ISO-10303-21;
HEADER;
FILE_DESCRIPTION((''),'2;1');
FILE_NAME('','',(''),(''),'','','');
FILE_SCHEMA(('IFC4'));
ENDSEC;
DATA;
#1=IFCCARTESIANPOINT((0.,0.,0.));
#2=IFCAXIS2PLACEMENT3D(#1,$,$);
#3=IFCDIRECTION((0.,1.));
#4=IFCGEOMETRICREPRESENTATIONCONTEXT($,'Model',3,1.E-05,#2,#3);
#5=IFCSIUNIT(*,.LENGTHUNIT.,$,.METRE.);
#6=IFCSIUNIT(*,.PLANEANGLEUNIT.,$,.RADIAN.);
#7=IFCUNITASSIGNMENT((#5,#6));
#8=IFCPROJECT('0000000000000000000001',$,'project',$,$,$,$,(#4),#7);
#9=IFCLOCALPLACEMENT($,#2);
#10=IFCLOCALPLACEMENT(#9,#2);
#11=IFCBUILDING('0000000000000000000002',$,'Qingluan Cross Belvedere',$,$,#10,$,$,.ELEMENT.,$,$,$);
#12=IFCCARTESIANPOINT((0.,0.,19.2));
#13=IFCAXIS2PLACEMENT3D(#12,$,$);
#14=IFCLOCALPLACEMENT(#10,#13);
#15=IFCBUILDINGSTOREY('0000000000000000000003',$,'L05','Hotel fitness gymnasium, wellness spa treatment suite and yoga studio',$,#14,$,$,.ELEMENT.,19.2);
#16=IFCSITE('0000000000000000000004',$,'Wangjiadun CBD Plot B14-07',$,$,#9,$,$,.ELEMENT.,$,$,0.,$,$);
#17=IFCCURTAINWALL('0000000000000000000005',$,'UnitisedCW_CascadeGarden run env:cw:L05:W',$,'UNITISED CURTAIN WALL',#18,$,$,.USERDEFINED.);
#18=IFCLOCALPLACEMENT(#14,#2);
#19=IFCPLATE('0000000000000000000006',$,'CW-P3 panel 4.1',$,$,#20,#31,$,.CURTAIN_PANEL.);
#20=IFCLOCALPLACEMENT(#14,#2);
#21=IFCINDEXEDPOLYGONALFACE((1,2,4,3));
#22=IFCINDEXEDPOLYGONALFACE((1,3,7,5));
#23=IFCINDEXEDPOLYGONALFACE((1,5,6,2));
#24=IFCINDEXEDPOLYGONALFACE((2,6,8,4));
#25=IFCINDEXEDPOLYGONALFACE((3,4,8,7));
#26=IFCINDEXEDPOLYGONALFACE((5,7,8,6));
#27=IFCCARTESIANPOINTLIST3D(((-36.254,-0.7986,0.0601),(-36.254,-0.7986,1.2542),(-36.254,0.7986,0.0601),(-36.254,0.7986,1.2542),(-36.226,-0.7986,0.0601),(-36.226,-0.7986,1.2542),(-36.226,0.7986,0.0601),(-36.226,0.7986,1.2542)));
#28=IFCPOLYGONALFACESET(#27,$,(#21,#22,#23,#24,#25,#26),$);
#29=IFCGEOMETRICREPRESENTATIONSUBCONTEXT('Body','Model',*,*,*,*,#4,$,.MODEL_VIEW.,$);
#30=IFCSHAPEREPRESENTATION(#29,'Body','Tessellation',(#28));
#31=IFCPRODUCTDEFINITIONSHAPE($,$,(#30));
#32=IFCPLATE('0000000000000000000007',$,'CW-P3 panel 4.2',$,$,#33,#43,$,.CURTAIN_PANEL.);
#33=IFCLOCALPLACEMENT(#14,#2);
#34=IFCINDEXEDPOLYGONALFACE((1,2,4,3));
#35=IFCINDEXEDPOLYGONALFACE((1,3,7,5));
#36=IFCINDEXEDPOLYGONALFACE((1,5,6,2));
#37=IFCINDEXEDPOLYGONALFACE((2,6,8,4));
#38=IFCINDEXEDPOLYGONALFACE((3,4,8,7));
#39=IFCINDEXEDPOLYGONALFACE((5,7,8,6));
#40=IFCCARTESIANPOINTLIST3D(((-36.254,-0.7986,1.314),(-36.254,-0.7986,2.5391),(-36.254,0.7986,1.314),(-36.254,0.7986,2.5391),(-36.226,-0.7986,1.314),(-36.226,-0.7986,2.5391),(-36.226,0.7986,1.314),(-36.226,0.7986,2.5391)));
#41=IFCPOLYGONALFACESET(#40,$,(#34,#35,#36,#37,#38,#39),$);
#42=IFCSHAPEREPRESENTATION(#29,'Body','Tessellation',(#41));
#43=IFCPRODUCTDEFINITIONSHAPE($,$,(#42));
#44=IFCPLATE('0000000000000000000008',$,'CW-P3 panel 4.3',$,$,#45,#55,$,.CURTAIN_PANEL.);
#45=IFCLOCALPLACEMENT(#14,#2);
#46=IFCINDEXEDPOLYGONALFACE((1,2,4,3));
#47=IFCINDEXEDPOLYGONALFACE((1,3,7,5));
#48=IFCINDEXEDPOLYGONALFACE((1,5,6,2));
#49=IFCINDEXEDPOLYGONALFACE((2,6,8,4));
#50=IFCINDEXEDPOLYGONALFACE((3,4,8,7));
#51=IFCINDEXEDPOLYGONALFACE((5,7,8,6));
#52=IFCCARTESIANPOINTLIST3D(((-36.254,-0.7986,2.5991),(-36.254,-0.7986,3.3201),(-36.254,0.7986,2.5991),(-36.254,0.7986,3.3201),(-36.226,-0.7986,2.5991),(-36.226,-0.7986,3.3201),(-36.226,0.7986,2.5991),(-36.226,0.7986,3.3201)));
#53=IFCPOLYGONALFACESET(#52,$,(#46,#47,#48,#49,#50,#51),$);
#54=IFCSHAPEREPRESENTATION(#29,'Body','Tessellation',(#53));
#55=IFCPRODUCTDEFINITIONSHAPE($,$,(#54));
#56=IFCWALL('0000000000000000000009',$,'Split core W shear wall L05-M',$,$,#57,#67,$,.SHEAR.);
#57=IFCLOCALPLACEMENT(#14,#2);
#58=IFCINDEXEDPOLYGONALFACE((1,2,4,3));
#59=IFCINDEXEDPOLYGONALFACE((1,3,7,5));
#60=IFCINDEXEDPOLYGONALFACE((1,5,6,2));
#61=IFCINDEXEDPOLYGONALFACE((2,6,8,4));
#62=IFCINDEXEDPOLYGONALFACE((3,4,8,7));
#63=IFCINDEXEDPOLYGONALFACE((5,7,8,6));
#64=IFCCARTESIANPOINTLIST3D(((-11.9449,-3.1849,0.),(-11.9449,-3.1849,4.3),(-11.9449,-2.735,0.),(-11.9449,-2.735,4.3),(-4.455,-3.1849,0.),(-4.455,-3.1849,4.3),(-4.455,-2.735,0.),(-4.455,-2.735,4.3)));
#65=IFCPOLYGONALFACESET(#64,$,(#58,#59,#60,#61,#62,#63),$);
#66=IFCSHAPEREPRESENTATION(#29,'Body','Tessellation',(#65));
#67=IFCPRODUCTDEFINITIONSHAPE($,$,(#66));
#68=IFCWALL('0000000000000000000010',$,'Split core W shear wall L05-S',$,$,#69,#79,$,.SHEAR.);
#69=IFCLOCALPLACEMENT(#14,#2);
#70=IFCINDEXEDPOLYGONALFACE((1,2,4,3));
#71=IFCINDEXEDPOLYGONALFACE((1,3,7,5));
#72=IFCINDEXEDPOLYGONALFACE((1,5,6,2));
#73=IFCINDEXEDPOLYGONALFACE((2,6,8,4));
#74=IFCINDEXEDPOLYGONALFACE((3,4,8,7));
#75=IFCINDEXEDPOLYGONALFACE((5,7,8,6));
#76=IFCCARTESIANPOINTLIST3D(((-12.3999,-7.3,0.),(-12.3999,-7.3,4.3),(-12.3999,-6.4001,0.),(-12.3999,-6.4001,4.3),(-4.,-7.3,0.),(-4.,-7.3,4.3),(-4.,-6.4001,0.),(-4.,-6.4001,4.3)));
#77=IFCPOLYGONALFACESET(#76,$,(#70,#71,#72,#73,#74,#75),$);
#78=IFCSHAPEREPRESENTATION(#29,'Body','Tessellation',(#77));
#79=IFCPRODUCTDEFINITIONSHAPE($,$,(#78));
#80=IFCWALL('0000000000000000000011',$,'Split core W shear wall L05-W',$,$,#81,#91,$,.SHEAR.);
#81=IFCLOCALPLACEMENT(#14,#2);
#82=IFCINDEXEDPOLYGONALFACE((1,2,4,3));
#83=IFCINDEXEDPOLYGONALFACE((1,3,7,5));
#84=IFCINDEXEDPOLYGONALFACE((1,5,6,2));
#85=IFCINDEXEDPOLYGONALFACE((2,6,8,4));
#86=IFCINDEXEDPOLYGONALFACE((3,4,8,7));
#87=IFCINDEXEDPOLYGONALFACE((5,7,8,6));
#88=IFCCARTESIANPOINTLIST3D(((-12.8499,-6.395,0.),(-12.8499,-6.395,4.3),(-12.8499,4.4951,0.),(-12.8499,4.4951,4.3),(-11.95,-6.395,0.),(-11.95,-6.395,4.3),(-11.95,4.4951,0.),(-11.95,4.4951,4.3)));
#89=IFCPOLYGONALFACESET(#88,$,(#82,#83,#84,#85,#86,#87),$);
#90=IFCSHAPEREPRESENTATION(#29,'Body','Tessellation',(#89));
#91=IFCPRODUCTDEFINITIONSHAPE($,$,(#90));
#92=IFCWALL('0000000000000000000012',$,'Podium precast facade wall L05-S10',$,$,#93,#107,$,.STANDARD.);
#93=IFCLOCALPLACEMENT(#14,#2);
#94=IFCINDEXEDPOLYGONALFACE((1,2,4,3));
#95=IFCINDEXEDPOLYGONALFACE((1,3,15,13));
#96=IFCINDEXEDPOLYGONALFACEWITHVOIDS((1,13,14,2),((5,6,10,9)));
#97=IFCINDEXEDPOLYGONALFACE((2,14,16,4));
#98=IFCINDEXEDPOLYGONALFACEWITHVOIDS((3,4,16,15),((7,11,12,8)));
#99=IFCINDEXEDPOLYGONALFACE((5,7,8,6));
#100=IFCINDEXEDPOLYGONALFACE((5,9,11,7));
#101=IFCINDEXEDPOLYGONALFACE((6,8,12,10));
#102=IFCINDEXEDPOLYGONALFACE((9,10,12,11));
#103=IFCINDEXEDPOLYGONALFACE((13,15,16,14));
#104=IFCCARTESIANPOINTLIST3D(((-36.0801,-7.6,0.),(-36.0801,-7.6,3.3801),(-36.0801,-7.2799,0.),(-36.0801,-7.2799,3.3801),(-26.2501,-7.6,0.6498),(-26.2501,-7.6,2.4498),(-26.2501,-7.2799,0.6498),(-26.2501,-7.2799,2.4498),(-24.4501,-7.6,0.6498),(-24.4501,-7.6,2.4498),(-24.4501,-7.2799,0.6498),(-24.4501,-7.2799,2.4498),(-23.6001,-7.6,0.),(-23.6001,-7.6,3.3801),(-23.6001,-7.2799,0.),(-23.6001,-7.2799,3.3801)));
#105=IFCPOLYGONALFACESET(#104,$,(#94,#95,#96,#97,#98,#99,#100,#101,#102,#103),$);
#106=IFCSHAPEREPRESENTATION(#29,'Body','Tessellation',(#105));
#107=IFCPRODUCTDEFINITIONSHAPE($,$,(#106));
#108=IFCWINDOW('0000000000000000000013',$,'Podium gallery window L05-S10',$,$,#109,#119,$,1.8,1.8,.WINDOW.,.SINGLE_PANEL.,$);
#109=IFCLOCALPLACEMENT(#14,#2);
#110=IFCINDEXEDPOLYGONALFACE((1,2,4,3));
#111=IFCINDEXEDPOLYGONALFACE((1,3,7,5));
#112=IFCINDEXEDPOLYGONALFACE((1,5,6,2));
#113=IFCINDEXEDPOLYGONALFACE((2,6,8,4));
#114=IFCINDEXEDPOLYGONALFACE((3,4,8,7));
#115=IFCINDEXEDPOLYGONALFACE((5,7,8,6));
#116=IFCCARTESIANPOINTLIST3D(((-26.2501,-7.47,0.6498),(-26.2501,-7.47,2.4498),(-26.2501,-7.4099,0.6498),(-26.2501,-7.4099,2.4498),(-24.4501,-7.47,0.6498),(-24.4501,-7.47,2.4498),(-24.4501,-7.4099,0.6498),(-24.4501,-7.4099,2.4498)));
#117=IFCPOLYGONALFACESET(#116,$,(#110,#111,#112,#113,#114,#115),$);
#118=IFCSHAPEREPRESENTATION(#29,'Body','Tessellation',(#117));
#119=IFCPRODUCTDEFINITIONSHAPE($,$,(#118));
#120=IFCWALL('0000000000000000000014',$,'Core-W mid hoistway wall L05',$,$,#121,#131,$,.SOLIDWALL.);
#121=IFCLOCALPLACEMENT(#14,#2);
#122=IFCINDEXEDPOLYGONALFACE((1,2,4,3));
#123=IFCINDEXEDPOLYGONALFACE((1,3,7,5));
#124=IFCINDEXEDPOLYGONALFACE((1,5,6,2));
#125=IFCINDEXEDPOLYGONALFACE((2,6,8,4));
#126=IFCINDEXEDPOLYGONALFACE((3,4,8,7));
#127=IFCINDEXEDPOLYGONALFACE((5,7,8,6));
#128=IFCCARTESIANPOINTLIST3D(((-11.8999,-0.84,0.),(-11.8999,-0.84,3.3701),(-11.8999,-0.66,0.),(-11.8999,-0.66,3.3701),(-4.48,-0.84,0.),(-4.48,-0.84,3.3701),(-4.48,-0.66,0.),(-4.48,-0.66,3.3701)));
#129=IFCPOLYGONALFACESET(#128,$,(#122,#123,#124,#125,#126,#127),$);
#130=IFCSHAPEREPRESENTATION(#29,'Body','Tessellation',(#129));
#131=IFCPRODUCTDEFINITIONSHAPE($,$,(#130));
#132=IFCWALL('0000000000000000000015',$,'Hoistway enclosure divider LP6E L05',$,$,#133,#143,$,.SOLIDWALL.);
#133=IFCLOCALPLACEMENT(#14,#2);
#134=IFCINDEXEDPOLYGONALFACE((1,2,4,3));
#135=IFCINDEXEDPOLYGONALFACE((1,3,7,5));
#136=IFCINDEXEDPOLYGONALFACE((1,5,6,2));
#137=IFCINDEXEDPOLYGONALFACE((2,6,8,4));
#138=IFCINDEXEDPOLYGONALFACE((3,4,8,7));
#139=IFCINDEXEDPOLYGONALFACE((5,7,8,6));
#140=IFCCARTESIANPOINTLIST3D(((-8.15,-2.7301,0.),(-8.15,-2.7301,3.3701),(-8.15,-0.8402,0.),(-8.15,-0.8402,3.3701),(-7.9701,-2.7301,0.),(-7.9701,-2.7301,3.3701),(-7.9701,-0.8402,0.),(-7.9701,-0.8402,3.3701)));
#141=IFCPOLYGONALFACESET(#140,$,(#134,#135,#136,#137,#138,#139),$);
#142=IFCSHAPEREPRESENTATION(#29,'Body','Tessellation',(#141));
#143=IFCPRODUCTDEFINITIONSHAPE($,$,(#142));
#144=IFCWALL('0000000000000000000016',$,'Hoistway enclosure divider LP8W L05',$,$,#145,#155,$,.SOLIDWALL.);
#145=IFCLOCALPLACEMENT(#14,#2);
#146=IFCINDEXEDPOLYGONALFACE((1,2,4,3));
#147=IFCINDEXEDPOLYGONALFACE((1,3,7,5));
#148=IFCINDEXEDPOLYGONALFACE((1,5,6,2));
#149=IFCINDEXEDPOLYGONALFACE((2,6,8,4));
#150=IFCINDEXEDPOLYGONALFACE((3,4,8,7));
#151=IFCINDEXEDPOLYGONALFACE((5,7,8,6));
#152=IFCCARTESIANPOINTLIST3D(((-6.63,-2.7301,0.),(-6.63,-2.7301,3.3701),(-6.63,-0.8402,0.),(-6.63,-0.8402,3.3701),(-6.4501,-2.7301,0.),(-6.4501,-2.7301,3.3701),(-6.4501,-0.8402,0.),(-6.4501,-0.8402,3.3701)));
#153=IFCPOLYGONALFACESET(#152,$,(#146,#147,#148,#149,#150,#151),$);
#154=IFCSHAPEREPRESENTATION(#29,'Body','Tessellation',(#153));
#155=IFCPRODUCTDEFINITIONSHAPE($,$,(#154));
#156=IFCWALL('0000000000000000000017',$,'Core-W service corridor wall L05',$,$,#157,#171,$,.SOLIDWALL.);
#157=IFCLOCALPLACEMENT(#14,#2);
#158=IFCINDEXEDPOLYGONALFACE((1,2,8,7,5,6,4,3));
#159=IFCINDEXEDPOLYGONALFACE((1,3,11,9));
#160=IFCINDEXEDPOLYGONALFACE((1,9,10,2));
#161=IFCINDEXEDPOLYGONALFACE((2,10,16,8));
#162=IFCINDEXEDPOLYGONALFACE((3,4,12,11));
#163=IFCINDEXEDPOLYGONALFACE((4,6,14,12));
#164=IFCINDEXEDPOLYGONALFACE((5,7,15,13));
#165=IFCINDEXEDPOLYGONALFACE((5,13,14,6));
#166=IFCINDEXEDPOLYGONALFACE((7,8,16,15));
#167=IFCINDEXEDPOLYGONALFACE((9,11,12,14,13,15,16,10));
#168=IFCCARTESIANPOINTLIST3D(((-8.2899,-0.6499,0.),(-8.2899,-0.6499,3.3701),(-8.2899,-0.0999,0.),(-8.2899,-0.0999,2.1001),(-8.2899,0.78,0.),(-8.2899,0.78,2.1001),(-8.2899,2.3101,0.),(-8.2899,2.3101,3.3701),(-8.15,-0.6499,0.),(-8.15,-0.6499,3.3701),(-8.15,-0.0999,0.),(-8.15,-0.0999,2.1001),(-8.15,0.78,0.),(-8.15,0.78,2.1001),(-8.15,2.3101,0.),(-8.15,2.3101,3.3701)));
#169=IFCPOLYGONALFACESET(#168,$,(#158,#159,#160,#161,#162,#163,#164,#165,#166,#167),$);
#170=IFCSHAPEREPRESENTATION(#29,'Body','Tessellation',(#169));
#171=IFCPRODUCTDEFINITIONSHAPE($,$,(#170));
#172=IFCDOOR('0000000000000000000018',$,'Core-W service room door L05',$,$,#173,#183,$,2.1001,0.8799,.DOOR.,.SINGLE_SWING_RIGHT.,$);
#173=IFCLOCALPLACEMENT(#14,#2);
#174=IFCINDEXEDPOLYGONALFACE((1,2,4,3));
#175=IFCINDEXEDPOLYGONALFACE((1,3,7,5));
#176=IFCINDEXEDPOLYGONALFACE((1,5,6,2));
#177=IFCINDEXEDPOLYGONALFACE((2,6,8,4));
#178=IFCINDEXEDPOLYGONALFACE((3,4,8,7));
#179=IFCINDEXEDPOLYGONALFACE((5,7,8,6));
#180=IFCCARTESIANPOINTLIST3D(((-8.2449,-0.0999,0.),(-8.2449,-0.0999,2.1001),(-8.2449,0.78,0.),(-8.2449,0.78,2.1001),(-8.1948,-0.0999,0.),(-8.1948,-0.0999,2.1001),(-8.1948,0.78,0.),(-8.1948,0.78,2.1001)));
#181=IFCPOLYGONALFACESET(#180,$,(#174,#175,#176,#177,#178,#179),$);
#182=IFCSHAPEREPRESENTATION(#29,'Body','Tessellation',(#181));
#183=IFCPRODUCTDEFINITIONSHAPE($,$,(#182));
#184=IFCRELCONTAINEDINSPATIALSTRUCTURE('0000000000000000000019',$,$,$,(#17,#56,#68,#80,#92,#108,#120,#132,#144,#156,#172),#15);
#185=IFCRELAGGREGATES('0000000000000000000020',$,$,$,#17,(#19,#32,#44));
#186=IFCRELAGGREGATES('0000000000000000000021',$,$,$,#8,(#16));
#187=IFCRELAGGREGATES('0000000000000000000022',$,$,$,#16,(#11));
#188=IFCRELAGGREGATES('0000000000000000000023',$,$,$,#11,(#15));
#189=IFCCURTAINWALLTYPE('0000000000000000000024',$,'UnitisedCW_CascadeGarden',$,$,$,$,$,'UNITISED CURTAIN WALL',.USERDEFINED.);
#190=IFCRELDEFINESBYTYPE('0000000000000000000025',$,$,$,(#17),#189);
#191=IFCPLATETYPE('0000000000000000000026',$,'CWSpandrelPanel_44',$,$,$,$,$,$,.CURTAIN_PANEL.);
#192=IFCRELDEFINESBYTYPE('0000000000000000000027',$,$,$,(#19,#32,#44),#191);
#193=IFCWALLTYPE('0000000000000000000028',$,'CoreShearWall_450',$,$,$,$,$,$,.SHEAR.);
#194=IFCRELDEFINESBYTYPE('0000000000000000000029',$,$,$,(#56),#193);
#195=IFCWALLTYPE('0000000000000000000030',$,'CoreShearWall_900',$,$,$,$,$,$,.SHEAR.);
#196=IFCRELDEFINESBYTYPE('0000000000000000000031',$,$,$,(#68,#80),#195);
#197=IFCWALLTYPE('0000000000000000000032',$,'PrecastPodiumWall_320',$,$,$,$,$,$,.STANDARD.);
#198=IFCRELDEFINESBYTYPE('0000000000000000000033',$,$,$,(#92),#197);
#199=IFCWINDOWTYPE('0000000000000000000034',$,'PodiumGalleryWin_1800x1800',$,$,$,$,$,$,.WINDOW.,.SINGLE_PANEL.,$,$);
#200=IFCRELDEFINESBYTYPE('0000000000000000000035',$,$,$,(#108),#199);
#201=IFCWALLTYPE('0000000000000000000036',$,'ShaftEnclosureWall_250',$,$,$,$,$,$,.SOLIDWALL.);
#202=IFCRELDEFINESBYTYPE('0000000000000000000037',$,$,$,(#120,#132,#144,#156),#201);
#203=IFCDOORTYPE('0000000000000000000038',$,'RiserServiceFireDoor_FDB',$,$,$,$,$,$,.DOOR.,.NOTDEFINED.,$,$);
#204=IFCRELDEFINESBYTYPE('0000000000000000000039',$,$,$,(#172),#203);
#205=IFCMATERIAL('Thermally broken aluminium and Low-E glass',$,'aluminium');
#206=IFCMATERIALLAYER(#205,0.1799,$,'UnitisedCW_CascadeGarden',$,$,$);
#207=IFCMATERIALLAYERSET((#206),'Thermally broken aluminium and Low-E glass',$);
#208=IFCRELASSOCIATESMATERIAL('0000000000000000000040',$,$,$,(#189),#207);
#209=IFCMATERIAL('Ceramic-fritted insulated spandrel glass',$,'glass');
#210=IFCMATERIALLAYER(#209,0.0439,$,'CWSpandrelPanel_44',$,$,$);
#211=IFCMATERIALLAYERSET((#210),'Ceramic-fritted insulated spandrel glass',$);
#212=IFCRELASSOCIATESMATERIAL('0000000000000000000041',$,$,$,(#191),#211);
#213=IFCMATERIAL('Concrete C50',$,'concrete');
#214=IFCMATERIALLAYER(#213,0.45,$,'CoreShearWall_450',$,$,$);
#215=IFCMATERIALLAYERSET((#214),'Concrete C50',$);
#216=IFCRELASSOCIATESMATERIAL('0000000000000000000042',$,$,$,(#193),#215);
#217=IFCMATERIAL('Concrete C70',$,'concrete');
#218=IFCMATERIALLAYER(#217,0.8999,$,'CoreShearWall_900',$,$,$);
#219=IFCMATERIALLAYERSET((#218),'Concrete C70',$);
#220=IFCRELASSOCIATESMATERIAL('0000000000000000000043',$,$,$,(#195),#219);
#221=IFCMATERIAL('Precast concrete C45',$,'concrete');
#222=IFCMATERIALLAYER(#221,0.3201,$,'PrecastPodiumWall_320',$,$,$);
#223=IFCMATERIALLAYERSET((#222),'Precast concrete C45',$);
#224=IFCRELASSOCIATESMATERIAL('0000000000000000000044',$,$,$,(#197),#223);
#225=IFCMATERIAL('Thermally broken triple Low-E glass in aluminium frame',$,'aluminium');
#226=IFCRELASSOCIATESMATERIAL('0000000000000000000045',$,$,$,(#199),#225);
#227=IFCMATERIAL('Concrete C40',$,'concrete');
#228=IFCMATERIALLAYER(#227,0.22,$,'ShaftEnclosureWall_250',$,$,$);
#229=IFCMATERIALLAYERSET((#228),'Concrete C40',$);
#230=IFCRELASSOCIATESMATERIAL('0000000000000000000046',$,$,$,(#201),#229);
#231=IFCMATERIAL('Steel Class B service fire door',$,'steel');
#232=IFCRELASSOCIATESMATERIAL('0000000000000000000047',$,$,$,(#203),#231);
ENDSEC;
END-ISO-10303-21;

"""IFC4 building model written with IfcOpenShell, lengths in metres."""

from ifc_helpers import new_model, si_unit, direction, frame, frame_2d, origin, origin_2d, place, context, subcontext, project, spatial, rectangle, extrude, material, layer, layer_set, type_object, element, fill, aggregate, save


model = new_model("IFC4")

# Units and contexts
model_context = context("Model", 3, precision=1e-05, world=origin(), true_north=direction((0.0, 1.0)))
body_context = subcontext(model_context, "Body", "Model", "MODEL_VIEW")
ifc_project = project(units=[si_unit("LENGTHUNIT", "METRE"), si_unit("PLANEANGLEUNIT", "RADIAN")], contexts=[model_context])

# Site, building, storey
site_placement = place(None, origin())
site = spatial("IfcSite", under=ifc_project, at=site_placement, Name="Wangjiadun CBD Plot B14-07", CompositionType="ELEMENT", RefElevation=0.0)
building_placement = place(site_placement, origin())
building = spatial("IfcBuilding", under=site, at=building_placement, Name="Qingluan Cross Belvedere", CompositionType="ELEMENT")
storey_placement = place(building_placement, frame((0.0, 0.0, 19.2)))
storey = spatial("IfcBuildingStorey", under=building, at=storey_placement, Name="L05", Description="Hotel fitness gymnasium, wellness spa treatment suite and yoga studio", CompositionType="ELEMENT", Elevation=19.2)

# Curtain wall, plates
ifc_material_1 = material(Name="Thermally broken aluminium and Low-E glass", Category="aluminium")
ifc_layer_1 = layer(ifc_material_1, 0.1799, Name="UnitisedCW_CascadeGarden")
ifc_layer_set_1 = layer_set([ifc_layer_1], Name="Thermally broken aluminium and Low-E glass")
curtain_wall_type = type_object("IfcCurtainWallType", Name="UnitisedCW_CascadeGarden", ElementType="UNITISED CURTAIN WALL", PredefinedType="USERDEFINED", material=ifc_layer_set_1)
curtain_wall_placement = place(storey_placement, origin())
curtain_wall = element("IfcCurtainWall", 1, at=curtain_wall_placement, inside=storey, type_object=curtain_wall_type, Name="UnitisedCW_CascadeGarden run env:cw:L05:W", ObjectType="UNITISED CURTAIN WALL", PredefinedType="USERDEFINED")
ifc_material_2 = material(Name="Ceramic-fritted insulated spandrel glass", Category="glass")
ifc_layer_2 = layer(ifc_material_2, 0.0439, Name="CWSpandrelPanel_44")
ifc_layer_set_2 = layer_set([ifc_layer_2], Name="Ceramic-fritted insulated spandrel glass")
plate_type = type_object("IfcPlateType", Name="CWSpandrelPanel_44", PredefinedType="CURTAIN_PANEL", material=ifc_layer_set_2)
plate_1_placement = place(storey_placement, frame((-36.24, 0.0, 0.0601), z_axis=(0.0, 0.0, 1.0), x_axis=(0.0, 1.0, 0.0)))
plate_1 = element("IfcPlate", 2, at=plate_1_placement, type_object=plate_type, Name="CW-P3 panel 4.1", PredefinedType="CURTAIN_PANEL", context=body_context, shape_type="SweptSolid", body=[
    extrude(rectangle(XDim=1.5972, YDim=0.0281, at=origin_2d()), origin(), (0.0, 0.0, 1.0), 1.1941),
])
plate_2_placement = place(storey_placement, frame((-36.24, 0.0, 1.314), z_axis=(0.0, 0.0, 1.0), x_axis=(0.0, 1.0, 0.0)))
plate_2 = element("IfcPlate", 3, at=plate_2_placement, type_object=plate_type, Name="CW-P3 panel 4.2", PredefinedType="CURTAIN_PANEL", context=body_context, shape_type="SweptSolid", body=[
    extrude(rectangle(XDim=1.5972, YDim=0.0281, at=origin_2d()), origin(), (0.0, 0.0, 1.0), 1.2251),
])
plate_3_placement = place(storey_placement, frame((-36.24, 0.0, 2.5991), z_axis=(0.0, 0.0, 1.0), x_axis=(0.0, 1.0, 0.0)))
plate_3 = element("IfcPlate", 4, at=plate_3_placement, type_object=plate_type, Name="CW-P3 panel 4.3", PredefinedType="CURTAIN_PANEL", context=body_context, shape_type="SweptSolid", body=[
    extrude(rectangle(XDim=1.5972, YDim=0.0281, at=origin_2d()), origin(), (0.0, 0.0, 1.0), 0.7209),
])
aggregate(curtain_wall, [plate_1, plate_2, plate_3])

# Walls
ifc_material_3 = material(Name="Concrete C50", Category="concrete")
ifc_layer_3 = layer(ifc_material_3, 0.45, Name="CoreShearWall_450")
ifc_layer_set_3 = layer_set([ifc_layer_3], Name="Concrete C50")
wall_type_1 = type_object("IfcWallType", Name="CoreShearWall_450", PredefinedType="SHEAR", material=ifc_layer_set_3)
wall_1_placement = place(storey_placement, frame((-11.9451, -2.96, 0.0), z_axis=(0.0, 0.0, 1.0), x_axis=(1.0, 0.0, 0.0)))
element("IfcWall", 5, at=wall_1_placement, inside=storey, type_object=wall_type_1, Name="Split core W shear wall L05-M", PredefinedType="SHEAR", context=body_context, shape_type="SweptSolid", body=[
    extrude(rectangle(XDim=7.49, YDim=0.45, at=frame_2d((3.7451, 0.0))), origin(), (0.0, 0.0, 1.0), 4.3),
])
ifc_material_4 = material(Name="Concrete C70", Category="concrete")
ifc_layer_4 = layer(ifc_material_4, 0.8999, Name="CoreShearWall_900")
ifc_layer_set_4 = layer_set([ifc_layer_4], Name="Concrete C70")
wall_type_2 = type_object("IfcWallType", Name="CoreShearWall_900", PredefinedType="SHEAR", material=ifc_layer_set_4)
wall_2_placement = place(storey_placement, frame((-12.3999, -6.8501, 0.0), z_axis=(0.0, 0.0, 1.0), x_axis=(1.0, 0.0, 0.0)))
element("IfcWall", 6, at=wall_2_placement, inside=storey, type_object=wall_type_2, Name="Split core W shear wall L05-S", PredefinedType="SHEAR", context=body_context, shape_type="SweptSolid", body=[
    extrude(rectangle(XDim=8.3999, YDim=0.8999, at=frame_2d((4.2, 0.0))), origin(), (0.0, 0.0, 1.0), 4.3),
])
wall_3_placement = place(storey_placement, frame((-12.3999, -6.395, 0.0), z_axis=(0.0, 0.0, 1.0), x_axis=(0.0, 1.0, 0.0)))
element("IfcWall", 7, at=wall_3_placement, inside=storey, type_object=wall_type_2, Name="Split core W shear wall L05-W", PredefinedType="SHEAR", context=body_context, shape_type="SweptSolid", body=[
    extrude(rectangle(XDim=10.8901, YDim=0.8999, at=frame_2d((5.4451, 0.0))), origin(), (0.0, 0.0, 1.0), 4.3),
])

# Wall, opening, window
ifc_material_5 = material(Name="Precast concrete C45", Category="concrete")
ifc_layer_5 = layer(ifc_material_5, 0.3201, Name="PrecastPodiumWall_320")
ifc_layer_set_5 = layer_set([ifc_layer_5], Name="Precast concrete C45")
wall_type_3 = type_object("IfcWallType", Name="PrecastPodiumWall_320", PredefinedType="STANDARD", material=ifc_layer_set_5)
wall_4_placement = place(storey_placement, frame((-23.6001, -7.4399, 0.0), z_axis=(0.0, 0.0, 1.0), x_axis=(-1.0, 0.0, 0.0)))
wall_4 = element("IfcWall", 8, at=wall_4_placement, inside=storey, type_object=wall_type_3, Name="Podium precast facade wall L05-S10", PredefinedType="STANDARD", context=body_context, shape_type="SweptSolid", body=[
    extrude(rectangle(XDim=12.48, YDim=0.3201, at=frame_2d((6.24, 0.0))), origin(), (0.0, 0.0, 1.0), 3.3801),
])
opening_1_placement = place(wall_4_placement, frame((0.8501, 0.0, 0.6499)))
opening_1 = element("IfcOpeningElement", 9, at=opening_1_placement, cuts=wall_4, PredefinedType="OPENING", context=body_context, shape_type="SweptSolid", body=[
    extrude(rectangle(XDim=1.8, YDim=1.8, at=frame_2d((0.8999, 0.8999))), frame((0.0, 0.1699, 0.0), z_axis=(0.0, -1.0, 0.0), x_axis=(1.0, 0.0, 0.0)), (0.0, 0.0, 1.0), 0.3401),
])
ifc_material_6 = material(Name="Thermally broken triple Low-E glass in aluminium frame", Category="aluminium")
window_type = type_object("IfcWindowType", Name="PodiumGalleryWin_1800x1800", PartitioningType="SINGLE_PANEL", PredefinedType="WINDOW", material=ifc_material_6)
window_placement = place(opening_1_placement, origin())
window = element("IfcWindow", 10, at=window_placement, inside=storey, type_object=window_type, Name="Podium gallery window L05-S10", OverallHeight=1.8, OverallWidth=1.8, PartitioningType="SINGLE_PANEL", PredefinedType="WINDOW", context=body_context, shape_type="SweptSolid", body=[
    extrude(rectangle(XDim=1.8, YDim=1.8, at=frame_2d((0.8999, 0.8999))), frame((0.0, 0.03, 0.0), z_axis=(0.0, -1.0, 0.0), x_axis=(1.0, 0.0, 0.0)), (0.0, 0.0, 1.0), 0.0601),
])
fill(opening_1, window)

# Walls
ifc_material_7 = material(Name="Concrete C40", Category="concrete")
ifc_layer_6 = layer(ifc_material_7, 0.22, Name="ShaftEnclosureWall_250")
ifc_layer_set_6 = layer_set([ifc_layer_6], Name="Concrete C40")
wall_type_4 = type_object("IfcWallType", Name="ShaftEnclosureWall_250", PredefinedType="SOLIDWALL", material=ifc_layer_set_6)
wall_5_placement = place(storey_placement, frame((-11.8999, -0.75, 0.0), z_axis=(0.0, 0.0, 1.0), x_axis=(1.0, 0.0, 0.0)))
element("IfcWall", 11, at=wall_5_placement, inside=storey, type_object=wall_type_4, Name="Core-W mid hoistway wall L05", PredefinedType="SOLIDWALL", context=body_context, shape_type="SweptSolid", body=[
    extrude(rectangle(XDim=7.4199, YDim=0.1799, at=frame_2d((3.71, 0.0))), origin(), (0.0, 0.0, 1.0), 3.3701),
])
for number, where, z_axis, x_axis, name in (
    (12, (-8.0601, -2.73, 0.0), (0.0, 0.0, 1.0), (0.0, 1.0, 0.0), "Hoistway enclosure divider LP6E L05"),
    (13, (-6.54, -2.73, 0.0), (0.0, 0.0, 1.0), (0.0, 1.0, 0.0), "Hoistway enclosure divider LP8W L05"),
):
    element("IfcWall", number, at=place(storey_placement, frame(where, z_axis=z_axis, x_axis=x_axis)), inside=storey, type_object=wall_type_4, Name=name, PredefinedType="SOLIDWALL", context=body_context, shape_type="SweptSolid", body=[
        extrude(rectangle(XDim=1.8899, YDim=0.1799, at=frame_2d((0.9448, 0.0))), origin(), (0.0, 0.0, 1.0), 3.3701),
    ])

# Wall, opening, door
wall_6_placement = place(storey_placement, frame((-8.22, -0.6499, 0.0), z_axis=(0.0, 0.0, 1.0), x_axis=(0.0, 1.0, 0.0)))
wall_6 = element("IfcWall", 14, at=wall_6_placement, inside=storey, type_object=wall_type_4, Name="Core-W service corridor wall L05", PredefinedType="SOLIDWALL", context=body_context, shape_type="SweptSolid", body=[
    extrude(rectangle(XDim=2.96, YDim=0.1399, at=frame_2d((1.48, 0.0))), origin(), (0.0, 0.0, 1.0), 3.3701),
])
opening_2_placement = place(wall_6_placement, frame((0.55, 0.0, 0.0)))
opening_2 = element("IfcOpeningElement", 15, at=opening_2_placement, cuts=wall_6, PredefinedType="OPENING", context=body_context, shape_type="SweptSolid", body=[
    extrude(rectangle(XDim=0.8799, YDim=2.1001, at=frame_2d((0.4399, 1.05))), frame((0.0, 0.0798, 0.0), z_axis=(0.0, -1.0, 0.0), x_axis=(1.0, 0.0, 0.0)), (0.0, 0.0, 1.0), 0.1599),
])
ifc_material_8 = material(Name="Steel Class B service fire door", Category="steel")
door_type_1 = type_object("IfcDoorType", Name="RiserServiceFireDoor_FDB", OperationType="NOTDEFINED", PredefinedType="DOOR", material=ifc_material_8)
door_1_placement = place(opening_2_placement, origin())
door_1 = element("IfcDoor", 16, at=door_1_placement, inside=storey, type_object=door_type_1, Name="Core-W service room door L05", OperationType="SINGLE_SWING_RIGHT", OverallHeight=2.1001, OverallWidth=0.8799, PredefinedType="DOOR", context=body_context, shape_type="SweptSolid", body=[
    extrude(rectangle(XDim=0.8799, YDim=2.1001, at=frame_2d((0.4399, 1.05))), frame((0.0, 0.0249, 0.0), z_axis=(0.0, -1.0, 0.0), x_axis=(1.0, 0.0, 0.0)), (0.0, 0.0, 1.0), 0.05),
])
fill(opening_2, door_1)

save(model, "model.ifc")
